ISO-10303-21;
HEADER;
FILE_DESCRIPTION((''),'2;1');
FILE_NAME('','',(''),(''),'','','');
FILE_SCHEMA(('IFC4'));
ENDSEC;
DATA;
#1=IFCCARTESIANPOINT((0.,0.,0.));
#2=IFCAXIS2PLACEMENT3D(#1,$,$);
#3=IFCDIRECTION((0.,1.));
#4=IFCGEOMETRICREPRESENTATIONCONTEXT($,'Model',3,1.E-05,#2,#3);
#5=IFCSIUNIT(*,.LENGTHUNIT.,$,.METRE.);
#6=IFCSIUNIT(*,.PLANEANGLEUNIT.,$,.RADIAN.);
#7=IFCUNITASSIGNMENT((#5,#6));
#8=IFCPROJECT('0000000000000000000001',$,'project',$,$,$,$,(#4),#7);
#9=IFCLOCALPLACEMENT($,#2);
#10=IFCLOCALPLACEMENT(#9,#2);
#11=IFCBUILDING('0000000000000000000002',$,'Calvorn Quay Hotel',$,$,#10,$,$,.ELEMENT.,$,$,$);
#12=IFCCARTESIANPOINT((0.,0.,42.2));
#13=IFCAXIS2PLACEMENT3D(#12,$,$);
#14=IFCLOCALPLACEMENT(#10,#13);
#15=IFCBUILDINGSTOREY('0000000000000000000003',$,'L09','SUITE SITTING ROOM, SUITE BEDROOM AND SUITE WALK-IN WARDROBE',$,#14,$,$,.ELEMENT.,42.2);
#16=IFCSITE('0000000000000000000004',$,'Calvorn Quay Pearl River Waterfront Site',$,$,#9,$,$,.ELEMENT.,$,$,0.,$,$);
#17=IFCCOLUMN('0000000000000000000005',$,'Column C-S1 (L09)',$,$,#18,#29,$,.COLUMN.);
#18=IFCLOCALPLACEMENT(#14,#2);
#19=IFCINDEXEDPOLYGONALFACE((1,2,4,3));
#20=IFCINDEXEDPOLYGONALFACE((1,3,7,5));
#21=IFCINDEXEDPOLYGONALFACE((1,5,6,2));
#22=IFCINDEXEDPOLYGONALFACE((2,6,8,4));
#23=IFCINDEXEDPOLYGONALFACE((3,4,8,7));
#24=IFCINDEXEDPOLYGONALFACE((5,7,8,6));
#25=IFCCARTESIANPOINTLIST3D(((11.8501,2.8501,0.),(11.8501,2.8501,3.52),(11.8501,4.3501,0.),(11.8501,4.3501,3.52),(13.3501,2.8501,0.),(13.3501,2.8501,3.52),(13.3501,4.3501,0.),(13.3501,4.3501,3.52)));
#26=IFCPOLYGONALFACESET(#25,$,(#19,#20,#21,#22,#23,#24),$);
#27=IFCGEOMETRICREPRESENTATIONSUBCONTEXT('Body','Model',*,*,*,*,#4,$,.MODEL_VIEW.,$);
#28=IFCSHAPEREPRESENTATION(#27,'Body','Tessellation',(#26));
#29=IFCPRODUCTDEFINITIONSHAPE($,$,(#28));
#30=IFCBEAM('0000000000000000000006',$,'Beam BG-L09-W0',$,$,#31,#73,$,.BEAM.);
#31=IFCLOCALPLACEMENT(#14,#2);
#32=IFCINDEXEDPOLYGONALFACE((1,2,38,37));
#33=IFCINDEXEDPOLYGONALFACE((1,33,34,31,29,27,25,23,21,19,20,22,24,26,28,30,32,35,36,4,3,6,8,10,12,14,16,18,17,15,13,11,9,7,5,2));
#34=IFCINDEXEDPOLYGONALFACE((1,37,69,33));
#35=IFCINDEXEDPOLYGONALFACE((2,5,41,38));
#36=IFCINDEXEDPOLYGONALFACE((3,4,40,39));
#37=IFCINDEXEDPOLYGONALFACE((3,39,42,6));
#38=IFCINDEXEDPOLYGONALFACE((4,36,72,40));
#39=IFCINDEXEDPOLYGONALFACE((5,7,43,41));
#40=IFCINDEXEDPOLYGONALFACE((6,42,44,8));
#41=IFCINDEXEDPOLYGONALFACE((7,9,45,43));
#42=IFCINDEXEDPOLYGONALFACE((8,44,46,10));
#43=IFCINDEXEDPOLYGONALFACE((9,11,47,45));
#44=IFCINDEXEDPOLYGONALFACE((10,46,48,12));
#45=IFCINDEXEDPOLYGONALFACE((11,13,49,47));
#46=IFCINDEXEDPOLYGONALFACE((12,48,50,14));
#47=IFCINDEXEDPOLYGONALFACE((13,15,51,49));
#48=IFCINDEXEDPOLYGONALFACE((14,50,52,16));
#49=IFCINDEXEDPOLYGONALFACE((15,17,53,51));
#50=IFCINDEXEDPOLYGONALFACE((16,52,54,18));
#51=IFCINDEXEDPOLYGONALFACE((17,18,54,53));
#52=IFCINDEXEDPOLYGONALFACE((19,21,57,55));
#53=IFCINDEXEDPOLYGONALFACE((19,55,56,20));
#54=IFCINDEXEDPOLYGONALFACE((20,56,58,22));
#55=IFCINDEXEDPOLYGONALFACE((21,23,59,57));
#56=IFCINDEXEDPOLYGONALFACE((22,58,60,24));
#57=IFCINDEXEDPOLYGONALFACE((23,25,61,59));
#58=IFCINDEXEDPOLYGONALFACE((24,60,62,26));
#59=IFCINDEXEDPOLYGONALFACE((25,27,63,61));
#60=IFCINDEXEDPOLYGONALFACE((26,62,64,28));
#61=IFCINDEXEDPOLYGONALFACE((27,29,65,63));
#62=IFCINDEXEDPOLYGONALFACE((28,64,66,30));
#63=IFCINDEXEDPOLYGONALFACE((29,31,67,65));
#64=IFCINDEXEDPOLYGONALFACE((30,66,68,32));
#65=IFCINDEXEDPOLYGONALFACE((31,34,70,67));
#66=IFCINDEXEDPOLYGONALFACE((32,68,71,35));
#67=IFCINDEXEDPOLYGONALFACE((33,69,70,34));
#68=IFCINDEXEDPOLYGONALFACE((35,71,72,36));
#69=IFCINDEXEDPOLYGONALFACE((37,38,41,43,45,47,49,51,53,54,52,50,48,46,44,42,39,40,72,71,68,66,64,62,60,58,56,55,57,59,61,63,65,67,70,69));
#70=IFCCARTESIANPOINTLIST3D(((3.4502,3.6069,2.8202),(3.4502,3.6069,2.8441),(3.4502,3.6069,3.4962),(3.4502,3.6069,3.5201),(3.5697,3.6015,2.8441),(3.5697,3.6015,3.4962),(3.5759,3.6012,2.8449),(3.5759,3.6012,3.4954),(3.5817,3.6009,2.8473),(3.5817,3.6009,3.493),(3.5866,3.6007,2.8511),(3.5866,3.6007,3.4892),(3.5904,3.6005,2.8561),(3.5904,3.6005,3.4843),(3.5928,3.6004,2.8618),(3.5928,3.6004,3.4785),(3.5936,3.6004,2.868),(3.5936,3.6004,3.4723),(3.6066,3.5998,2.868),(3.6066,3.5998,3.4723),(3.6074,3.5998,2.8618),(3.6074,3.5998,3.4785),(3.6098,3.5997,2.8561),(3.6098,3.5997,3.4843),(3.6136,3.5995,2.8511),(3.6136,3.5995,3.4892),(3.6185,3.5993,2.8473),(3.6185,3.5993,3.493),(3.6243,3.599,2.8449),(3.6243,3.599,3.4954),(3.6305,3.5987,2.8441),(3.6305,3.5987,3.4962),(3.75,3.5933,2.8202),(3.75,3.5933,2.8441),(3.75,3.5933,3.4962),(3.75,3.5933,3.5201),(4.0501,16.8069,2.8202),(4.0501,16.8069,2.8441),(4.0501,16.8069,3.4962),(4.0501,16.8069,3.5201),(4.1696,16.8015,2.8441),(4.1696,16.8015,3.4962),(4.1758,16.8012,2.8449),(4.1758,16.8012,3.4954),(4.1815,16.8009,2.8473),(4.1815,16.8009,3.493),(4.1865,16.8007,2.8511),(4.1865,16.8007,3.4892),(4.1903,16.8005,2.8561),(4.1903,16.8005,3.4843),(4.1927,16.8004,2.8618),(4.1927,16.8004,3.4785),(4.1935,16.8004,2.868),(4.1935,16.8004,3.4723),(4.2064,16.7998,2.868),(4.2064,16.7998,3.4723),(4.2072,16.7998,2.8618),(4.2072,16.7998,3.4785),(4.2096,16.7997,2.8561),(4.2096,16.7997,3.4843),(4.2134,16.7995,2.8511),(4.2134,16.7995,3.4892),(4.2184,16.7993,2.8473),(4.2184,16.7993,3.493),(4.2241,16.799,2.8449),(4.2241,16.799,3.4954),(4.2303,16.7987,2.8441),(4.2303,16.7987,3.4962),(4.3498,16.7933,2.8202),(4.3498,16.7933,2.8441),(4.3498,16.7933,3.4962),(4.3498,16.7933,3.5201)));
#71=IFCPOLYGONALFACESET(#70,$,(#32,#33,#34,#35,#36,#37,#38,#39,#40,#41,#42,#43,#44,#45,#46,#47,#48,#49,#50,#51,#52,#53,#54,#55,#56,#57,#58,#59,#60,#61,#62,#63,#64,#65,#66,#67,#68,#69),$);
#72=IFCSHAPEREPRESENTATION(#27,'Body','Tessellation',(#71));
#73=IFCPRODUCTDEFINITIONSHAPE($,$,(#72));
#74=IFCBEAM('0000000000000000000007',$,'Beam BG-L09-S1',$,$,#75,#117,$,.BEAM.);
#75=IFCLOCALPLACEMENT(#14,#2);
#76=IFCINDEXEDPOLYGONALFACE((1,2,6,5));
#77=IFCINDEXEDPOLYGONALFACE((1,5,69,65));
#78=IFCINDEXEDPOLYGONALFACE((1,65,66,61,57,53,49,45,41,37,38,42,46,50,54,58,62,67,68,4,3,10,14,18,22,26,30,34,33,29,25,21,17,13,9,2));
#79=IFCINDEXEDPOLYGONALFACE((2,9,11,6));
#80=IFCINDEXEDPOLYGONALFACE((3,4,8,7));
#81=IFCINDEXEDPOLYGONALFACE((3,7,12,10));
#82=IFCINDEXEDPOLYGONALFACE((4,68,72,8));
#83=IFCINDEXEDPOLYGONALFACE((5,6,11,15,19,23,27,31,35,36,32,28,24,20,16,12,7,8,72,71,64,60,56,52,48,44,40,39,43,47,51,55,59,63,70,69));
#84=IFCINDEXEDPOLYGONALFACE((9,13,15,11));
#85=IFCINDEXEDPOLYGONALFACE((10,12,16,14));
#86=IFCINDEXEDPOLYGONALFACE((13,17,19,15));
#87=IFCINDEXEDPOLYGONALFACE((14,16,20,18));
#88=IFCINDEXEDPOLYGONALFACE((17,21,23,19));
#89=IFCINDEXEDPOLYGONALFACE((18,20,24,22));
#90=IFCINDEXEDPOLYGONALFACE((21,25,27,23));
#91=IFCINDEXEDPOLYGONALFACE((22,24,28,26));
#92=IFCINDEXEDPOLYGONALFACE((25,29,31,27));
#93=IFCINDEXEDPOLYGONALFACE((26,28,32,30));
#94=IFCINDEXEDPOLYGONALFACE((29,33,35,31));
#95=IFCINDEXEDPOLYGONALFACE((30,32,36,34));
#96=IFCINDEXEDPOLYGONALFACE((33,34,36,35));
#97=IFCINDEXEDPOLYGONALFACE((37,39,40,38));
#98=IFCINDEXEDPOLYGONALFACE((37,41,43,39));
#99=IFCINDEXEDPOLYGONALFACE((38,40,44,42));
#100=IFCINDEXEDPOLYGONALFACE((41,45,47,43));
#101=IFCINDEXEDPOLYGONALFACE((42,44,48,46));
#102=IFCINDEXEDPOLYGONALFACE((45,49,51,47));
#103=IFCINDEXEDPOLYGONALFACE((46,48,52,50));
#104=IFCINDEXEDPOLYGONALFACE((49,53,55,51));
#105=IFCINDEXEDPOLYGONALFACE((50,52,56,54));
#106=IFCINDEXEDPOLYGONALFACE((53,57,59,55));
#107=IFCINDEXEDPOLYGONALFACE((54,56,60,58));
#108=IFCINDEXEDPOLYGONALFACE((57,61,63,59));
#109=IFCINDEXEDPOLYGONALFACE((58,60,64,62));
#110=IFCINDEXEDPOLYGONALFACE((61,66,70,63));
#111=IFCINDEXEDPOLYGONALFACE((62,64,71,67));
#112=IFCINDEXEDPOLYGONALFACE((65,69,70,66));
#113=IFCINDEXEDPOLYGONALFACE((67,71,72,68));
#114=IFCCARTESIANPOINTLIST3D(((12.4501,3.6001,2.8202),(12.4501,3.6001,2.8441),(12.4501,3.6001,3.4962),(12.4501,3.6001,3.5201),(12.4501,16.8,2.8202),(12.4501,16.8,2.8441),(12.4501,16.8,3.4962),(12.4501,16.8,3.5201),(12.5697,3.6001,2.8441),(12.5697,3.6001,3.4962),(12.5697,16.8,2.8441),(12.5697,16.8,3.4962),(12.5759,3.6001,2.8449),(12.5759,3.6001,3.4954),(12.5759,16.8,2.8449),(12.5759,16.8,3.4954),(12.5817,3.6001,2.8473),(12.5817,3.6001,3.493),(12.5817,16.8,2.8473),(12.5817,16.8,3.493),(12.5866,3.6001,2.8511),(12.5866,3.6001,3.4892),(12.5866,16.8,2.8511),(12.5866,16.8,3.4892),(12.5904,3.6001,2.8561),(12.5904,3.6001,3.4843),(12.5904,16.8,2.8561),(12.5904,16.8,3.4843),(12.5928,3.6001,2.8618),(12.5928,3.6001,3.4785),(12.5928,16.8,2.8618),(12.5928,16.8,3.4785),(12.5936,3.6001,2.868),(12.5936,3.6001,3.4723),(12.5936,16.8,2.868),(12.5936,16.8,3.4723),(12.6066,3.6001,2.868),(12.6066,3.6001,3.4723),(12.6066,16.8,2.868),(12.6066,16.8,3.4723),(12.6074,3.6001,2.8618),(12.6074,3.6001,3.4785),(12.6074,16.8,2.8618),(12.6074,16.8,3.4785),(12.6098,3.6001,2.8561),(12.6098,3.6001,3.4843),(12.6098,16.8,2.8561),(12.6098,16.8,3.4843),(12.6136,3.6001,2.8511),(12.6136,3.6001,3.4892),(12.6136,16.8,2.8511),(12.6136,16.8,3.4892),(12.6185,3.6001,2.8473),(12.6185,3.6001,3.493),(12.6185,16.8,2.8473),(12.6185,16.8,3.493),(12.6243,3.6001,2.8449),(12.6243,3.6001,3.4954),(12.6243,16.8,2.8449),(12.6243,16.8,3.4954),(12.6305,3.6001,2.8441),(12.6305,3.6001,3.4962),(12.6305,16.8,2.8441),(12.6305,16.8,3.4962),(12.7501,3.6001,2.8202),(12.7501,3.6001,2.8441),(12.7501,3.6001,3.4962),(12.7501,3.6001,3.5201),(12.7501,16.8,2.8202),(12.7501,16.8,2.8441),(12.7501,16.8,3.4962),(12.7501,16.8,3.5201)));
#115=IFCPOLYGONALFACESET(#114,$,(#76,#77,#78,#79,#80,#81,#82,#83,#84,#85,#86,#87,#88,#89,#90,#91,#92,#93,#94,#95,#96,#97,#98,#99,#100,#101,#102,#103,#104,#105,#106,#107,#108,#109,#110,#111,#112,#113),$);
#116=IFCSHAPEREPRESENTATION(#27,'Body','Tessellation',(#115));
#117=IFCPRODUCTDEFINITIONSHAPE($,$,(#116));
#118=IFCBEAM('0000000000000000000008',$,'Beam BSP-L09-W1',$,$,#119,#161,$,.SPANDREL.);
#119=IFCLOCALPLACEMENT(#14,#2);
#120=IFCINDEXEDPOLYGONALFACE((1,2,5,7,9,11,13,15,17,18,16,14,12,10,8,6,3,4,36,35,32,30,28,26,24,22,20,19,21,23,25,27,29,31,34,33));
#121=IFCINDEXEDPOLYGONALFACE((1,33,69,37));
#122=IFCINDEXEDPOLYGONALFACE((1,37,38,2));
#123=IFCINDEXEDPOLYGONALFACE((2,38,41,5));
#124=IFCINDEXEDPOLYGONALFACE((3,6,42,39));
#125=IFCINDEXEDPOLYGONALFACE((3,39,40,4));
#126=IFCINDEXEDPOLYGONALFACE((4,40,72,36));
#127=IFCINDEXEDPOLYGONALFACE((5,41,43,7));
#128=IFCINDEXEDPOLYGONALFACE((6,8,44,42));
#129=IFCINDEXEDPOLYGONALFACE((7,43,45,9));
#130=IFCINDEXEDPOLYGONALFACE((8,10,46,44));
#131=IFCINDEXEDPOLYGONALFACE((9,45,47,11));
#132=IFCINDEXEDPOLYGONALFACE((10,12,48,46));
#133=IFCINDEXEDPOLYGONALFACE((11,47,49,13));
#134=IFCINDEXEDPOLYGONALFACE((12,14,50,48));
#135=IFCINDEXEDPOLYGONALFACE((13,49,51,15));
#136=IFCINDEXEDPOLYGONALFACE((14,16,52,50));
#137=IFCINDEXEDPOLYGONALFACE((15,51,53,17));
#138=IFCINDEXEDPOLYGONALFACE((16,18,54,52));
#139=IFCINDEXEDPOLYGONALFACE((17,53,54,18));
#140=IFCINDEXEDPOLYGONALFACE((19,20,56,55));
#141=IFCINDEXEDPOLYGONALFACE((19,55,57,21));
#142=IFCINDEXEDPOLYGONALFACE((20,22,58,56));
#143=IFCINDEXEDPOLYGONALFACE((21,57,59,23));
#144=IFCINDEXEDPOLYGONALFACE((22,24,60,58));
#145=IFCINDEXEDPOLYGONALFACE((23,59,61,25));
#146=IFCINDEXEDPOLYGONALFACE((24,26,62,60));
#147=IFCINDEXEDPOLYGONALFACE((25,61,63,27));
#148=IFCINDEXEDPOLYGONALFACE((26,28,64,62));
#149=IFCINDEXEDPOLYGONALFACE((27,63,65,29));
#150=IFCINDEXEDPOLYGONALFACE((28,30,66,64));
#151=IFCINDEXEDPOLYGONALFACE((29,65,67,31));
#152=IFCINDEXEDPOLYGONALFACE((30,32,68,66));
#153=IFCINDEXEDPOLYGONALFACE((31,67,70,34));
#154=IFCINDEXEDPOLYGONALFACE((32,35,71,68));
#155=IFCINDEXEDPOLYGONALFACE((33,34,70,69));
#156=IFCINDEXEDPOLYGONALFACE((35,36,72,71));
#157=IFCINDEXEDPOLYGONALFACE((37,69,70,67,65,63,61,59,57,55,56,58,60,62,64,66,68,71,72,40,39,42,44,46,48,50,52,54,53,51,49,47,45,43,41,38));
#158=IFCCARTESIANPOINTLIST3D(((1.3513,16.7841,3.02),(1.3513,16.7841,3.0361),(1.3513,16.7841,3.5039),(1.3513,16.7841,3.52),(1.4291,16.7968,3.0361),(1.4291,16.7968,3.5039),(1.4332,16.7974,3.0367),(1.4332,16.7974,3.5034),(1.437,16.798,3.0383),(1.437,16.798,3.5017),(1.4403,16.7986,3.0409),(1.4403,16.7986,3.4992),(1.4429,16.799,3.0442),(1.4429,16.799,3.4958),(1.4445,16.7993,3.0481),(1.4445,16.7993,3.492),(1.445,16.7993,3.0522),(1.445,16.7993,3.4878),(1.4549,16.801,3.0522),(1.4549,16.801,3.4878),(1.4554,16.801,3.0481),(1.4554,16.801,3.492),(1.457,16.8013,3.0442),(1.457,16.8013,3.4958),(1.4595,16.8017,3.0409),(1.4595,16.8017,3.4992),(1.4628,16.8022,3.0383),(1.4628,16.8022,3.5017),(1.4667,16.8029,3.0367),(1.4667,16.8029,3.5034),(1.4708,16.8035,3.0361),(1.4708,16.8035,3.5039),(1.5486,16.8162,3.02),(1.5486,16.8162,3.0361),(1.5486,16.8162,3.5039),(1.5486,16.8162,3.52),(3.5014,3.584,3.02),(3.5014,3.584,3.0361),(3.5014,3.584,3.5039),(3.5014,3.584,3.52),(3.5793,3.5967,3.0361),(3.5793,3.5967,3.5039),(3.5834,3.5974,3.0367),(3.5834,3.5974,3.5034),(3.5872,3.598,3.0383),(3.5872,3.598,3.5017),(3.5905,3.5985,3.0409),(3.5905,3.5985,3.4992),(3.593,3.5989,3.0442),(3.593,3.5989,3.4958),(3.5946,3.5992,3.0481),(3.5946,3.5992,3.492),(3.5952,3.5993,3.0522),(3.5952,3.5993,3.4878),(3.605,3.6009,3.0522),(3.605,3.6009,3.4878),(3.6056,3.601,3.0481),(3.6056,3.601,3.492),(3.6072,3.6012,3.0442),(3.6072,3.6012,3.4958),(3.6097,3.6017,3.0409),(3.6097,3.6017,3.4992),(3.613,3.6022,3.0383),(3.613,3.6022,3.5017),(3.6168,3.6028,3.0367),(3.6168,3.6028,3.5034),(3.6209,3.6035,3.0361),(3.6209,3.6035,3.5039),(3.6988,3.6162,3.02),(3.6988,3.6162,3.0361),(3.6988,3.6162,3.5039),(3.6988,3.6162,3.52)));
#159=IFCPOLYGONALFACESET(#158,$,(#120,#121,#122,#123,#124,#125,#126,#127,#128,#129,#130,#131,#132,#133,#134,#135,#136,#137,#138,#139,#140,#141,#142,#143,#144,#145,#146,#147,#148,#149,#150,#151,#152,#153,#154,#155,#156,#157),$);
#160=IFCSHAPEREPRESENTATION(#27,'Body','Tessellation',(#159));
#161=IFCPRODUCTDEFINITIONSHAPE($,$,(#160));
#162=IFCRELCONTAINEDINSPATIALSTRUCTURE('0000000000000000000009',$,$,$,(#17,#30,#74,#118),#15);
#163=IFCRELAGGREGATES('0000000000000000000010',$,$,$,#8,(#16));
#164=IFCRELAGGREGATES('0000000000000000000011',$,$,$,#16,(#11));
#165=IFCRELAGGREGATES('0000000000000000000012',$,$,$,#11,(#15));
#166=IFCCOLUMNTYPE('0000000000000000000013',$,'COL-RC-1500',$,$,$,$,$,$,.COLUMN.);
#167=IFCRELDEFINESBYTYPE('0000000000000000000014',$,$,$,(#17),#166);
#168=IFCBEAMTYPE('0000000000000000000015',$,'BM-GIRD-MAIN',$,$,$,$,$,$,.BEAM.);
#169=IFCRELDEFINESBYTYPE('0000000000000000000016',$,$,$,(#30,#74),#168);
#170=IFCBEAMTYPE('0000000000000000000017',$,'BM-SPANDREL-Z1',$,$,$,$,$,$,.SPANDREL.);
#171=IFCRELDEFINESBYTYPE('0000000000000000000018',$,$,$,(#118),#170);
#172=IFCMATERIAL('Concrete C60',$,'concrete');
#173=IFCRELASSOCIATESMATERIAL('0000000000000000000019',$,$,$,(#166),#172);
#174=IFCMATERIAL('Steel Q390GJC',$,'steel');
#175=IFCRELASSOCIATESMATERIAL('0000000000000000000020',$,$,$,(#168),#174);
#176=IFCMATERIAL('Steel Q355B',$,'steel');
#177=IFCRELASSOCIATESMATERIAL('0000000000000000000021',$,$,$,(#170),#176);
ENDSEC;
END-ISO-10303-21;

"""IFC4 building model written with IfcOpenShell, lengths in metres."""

from ifc_helpers import new_model, si_unit, direction, frame, origin, origin_2d, place, context, subcontext, project, spatial, rectangle, i_section, extrude, material, material_profile, profile_set, type_object, element, save


model = new_model("IFC4")

# Units and contexts
model_context = context("Model", 3, precision=1e-05, world=origin(), true_north=direction((0.0, 1.0)))
body_context = subcontext(model_context, "Body", "Model", "MODEL_VIEW")
ifc_project = project(units=[si_unit("LENGTHUNIT", "METRE"), si_unit("PLANEANGLEUNIT", "RADIAN")], contexts=[model_context])

# Site, building, storey
site_placement = place(None, origin())
site = spatial("IfcSite", under=ifc_project, at=site_placement, Name="Calvorn Quay Pearl River Waterfront Site", CompositionType="ELEMENT", RefElevation=0.0)
building_placement = place(site_placement, origin())
building = spatial("IfcBuilding", under=site, at=building_placement, Name="Calvorn Quay Hotel", CompositionType="ELEMENT")
storey_placement = place(building_placement, frame((0.0, 0.0, 42.2)))
storey = spatial("IfcBuildingStorey", under=building, at=storey_placement, Name="L09", Description="SUITE SITTING ROOM, SUITE BEDROOM AND SUITE WALK-IN WARDROBE", CompositionType="ELEMENT", Elevation=42.2)

# Column
ifc_material_1 = material(Name="Concrete C60", Category="concrete")
ifc_material_profile_1 = material_profile(ifc_material_1, rectangle(XDim=1.5, YDim=1.5, at=origin_2d()), Name="RC1500x1500")
ifc_profile_set_1 = profile_set([ifc_material_profile_1], Name="Concrete C60")
column_type = type_object("IfcColumnType", Name="COL-RC-1500", PredefinedType="COLUMN", material=ifc_profile_set_1)
column_placement = place(storey_placement, frame((12.6001, 3.6001, 0.0), z_axis=(0.0, 0.0, 1.0), x_axis=(1.0, 0.0, 0.0)))
element("IfcColumn", 1, at=column_placement, inside=storey, type_object=column_type, Name="Column C-S1 (L09)", PredefinedType="COLUMN", context=body_context, shape_type="SweptSolid", body=[
    extrude(rectangle(XDim=1.5, YDim=1.5, at=origin_2d()), origin(), (0.0, 0.0, 1.0), 3.52),
])

# Beams
ifc_material_2 = material(Name="Steel Q390GJC", Category="steel")
ifc_material_profile_2 = material_profile(ifc_material_2, i_section(OverallWidth=0.3, OverallDepth=0.7, WebThickness=0.0129, FlangeThickness=0.0239, FilletRadius=0.0239, at=origin_2d()), Name="HN700x300x13x24")
ifc_profile_set_2 = profile_set([ifc_material_profile_2], Name="Steel Q390GJC")
beam_type_1 = type_object("IfcBeamType", Name="BM-GIRD-MAIN", PredefinedType="BEAM", material=ifc_profile_set_2)
beam_1_placement = place(storey_placement, frame((3.6001, 3.6001, 3.1702), z_axis=(0.045397, 0.998969, 0.0), x_axis=(-0.998969, 0.045397, 0.0)))
element("IfcBeam", 2, at=beam_1_placement, inside=storey, type_object=beam_type_1, Name="Beam BG-L09-W0", PredefinedType="BEAM", context=body_context, shape_type="SweptSolid", body=[
    extrude(i_section(OverallWidth=0.3, OverallDepth=0.7, WebThickness=0.0129, FlangeThickness=0.0239, FilletRadius=0.0239, at=origin_2d()), origin(), (0.0, 0.0, 1.0), 13.2136),
])
beam_2_placement = place(storey_placement, frame((12.6001, 3.6001, 3.1702), z_axis=(0.0, 1.0, 0.0), x_axis=(-1.0, 0.0, 0.0)))
element("IfcBeam", 3, at=beam_2_placement, inside=storey, type_object=beam_type_1, Name="Beam BG-L09-S1", PredefinedType="BEAM", context=body_context, shape_type="SweptSolid", body=[
    extrude(i_section(OverallWidth=0.3, OverallDepth=0.7, WebThickness=0.0129, FlangeThickness=0.0239, FilletRadius=0.0239, at=origin_2d()), origin(), (0.0, 0.0, 1.0), 13.2),
])
ifc_material_3 = material(Name="Steel Q355B", Category="steel")
ifc_material_profile_3 = material_profile(ifc_material_3, i_section(OverallWidth=0.2, OverallDepth=0.5, WebThickness=0.01, FlangeThickness=0.0161, FilletRadius=0.0161, at=origin_2d()), Name="HN500x200x10x16")
ifc_profile_set_3 = profile_set([ifc_material_profile_3], Name="Steel Q355B")
beam_type_2 = type_object("IfcBeamType", Name="BM-SPANDREL-Z1", PredefinedType="SPANDREL", material=ifc_profile_set_3)
beam_3_placement = place(storey_placement, frame((3.6001, 3.6001, 3.27), z_axis=(-0.160772, 0.986992, 0.0), x_axis=(-0.986992, -0.160772, 0.0)))
element("IfcBeam", 4, at=beam_3_placement, inside=storey, type_object=beam_type_2, Name="Beam BSP-L09-W1", PredefinedType="SPANDREL", context=body_context, shape_type="SweptSolid", body=[
    extrude(i_section(OverallWidth=0.2, OverallDepth=0.5, WebThickness=0.01, FlangeThickness=0.0161, FilletRadius=0.0161, at=origin_2d()), origin(), (0.0, 0.0, 1.0), 13.374),
])

save(model, "model.ifc")
